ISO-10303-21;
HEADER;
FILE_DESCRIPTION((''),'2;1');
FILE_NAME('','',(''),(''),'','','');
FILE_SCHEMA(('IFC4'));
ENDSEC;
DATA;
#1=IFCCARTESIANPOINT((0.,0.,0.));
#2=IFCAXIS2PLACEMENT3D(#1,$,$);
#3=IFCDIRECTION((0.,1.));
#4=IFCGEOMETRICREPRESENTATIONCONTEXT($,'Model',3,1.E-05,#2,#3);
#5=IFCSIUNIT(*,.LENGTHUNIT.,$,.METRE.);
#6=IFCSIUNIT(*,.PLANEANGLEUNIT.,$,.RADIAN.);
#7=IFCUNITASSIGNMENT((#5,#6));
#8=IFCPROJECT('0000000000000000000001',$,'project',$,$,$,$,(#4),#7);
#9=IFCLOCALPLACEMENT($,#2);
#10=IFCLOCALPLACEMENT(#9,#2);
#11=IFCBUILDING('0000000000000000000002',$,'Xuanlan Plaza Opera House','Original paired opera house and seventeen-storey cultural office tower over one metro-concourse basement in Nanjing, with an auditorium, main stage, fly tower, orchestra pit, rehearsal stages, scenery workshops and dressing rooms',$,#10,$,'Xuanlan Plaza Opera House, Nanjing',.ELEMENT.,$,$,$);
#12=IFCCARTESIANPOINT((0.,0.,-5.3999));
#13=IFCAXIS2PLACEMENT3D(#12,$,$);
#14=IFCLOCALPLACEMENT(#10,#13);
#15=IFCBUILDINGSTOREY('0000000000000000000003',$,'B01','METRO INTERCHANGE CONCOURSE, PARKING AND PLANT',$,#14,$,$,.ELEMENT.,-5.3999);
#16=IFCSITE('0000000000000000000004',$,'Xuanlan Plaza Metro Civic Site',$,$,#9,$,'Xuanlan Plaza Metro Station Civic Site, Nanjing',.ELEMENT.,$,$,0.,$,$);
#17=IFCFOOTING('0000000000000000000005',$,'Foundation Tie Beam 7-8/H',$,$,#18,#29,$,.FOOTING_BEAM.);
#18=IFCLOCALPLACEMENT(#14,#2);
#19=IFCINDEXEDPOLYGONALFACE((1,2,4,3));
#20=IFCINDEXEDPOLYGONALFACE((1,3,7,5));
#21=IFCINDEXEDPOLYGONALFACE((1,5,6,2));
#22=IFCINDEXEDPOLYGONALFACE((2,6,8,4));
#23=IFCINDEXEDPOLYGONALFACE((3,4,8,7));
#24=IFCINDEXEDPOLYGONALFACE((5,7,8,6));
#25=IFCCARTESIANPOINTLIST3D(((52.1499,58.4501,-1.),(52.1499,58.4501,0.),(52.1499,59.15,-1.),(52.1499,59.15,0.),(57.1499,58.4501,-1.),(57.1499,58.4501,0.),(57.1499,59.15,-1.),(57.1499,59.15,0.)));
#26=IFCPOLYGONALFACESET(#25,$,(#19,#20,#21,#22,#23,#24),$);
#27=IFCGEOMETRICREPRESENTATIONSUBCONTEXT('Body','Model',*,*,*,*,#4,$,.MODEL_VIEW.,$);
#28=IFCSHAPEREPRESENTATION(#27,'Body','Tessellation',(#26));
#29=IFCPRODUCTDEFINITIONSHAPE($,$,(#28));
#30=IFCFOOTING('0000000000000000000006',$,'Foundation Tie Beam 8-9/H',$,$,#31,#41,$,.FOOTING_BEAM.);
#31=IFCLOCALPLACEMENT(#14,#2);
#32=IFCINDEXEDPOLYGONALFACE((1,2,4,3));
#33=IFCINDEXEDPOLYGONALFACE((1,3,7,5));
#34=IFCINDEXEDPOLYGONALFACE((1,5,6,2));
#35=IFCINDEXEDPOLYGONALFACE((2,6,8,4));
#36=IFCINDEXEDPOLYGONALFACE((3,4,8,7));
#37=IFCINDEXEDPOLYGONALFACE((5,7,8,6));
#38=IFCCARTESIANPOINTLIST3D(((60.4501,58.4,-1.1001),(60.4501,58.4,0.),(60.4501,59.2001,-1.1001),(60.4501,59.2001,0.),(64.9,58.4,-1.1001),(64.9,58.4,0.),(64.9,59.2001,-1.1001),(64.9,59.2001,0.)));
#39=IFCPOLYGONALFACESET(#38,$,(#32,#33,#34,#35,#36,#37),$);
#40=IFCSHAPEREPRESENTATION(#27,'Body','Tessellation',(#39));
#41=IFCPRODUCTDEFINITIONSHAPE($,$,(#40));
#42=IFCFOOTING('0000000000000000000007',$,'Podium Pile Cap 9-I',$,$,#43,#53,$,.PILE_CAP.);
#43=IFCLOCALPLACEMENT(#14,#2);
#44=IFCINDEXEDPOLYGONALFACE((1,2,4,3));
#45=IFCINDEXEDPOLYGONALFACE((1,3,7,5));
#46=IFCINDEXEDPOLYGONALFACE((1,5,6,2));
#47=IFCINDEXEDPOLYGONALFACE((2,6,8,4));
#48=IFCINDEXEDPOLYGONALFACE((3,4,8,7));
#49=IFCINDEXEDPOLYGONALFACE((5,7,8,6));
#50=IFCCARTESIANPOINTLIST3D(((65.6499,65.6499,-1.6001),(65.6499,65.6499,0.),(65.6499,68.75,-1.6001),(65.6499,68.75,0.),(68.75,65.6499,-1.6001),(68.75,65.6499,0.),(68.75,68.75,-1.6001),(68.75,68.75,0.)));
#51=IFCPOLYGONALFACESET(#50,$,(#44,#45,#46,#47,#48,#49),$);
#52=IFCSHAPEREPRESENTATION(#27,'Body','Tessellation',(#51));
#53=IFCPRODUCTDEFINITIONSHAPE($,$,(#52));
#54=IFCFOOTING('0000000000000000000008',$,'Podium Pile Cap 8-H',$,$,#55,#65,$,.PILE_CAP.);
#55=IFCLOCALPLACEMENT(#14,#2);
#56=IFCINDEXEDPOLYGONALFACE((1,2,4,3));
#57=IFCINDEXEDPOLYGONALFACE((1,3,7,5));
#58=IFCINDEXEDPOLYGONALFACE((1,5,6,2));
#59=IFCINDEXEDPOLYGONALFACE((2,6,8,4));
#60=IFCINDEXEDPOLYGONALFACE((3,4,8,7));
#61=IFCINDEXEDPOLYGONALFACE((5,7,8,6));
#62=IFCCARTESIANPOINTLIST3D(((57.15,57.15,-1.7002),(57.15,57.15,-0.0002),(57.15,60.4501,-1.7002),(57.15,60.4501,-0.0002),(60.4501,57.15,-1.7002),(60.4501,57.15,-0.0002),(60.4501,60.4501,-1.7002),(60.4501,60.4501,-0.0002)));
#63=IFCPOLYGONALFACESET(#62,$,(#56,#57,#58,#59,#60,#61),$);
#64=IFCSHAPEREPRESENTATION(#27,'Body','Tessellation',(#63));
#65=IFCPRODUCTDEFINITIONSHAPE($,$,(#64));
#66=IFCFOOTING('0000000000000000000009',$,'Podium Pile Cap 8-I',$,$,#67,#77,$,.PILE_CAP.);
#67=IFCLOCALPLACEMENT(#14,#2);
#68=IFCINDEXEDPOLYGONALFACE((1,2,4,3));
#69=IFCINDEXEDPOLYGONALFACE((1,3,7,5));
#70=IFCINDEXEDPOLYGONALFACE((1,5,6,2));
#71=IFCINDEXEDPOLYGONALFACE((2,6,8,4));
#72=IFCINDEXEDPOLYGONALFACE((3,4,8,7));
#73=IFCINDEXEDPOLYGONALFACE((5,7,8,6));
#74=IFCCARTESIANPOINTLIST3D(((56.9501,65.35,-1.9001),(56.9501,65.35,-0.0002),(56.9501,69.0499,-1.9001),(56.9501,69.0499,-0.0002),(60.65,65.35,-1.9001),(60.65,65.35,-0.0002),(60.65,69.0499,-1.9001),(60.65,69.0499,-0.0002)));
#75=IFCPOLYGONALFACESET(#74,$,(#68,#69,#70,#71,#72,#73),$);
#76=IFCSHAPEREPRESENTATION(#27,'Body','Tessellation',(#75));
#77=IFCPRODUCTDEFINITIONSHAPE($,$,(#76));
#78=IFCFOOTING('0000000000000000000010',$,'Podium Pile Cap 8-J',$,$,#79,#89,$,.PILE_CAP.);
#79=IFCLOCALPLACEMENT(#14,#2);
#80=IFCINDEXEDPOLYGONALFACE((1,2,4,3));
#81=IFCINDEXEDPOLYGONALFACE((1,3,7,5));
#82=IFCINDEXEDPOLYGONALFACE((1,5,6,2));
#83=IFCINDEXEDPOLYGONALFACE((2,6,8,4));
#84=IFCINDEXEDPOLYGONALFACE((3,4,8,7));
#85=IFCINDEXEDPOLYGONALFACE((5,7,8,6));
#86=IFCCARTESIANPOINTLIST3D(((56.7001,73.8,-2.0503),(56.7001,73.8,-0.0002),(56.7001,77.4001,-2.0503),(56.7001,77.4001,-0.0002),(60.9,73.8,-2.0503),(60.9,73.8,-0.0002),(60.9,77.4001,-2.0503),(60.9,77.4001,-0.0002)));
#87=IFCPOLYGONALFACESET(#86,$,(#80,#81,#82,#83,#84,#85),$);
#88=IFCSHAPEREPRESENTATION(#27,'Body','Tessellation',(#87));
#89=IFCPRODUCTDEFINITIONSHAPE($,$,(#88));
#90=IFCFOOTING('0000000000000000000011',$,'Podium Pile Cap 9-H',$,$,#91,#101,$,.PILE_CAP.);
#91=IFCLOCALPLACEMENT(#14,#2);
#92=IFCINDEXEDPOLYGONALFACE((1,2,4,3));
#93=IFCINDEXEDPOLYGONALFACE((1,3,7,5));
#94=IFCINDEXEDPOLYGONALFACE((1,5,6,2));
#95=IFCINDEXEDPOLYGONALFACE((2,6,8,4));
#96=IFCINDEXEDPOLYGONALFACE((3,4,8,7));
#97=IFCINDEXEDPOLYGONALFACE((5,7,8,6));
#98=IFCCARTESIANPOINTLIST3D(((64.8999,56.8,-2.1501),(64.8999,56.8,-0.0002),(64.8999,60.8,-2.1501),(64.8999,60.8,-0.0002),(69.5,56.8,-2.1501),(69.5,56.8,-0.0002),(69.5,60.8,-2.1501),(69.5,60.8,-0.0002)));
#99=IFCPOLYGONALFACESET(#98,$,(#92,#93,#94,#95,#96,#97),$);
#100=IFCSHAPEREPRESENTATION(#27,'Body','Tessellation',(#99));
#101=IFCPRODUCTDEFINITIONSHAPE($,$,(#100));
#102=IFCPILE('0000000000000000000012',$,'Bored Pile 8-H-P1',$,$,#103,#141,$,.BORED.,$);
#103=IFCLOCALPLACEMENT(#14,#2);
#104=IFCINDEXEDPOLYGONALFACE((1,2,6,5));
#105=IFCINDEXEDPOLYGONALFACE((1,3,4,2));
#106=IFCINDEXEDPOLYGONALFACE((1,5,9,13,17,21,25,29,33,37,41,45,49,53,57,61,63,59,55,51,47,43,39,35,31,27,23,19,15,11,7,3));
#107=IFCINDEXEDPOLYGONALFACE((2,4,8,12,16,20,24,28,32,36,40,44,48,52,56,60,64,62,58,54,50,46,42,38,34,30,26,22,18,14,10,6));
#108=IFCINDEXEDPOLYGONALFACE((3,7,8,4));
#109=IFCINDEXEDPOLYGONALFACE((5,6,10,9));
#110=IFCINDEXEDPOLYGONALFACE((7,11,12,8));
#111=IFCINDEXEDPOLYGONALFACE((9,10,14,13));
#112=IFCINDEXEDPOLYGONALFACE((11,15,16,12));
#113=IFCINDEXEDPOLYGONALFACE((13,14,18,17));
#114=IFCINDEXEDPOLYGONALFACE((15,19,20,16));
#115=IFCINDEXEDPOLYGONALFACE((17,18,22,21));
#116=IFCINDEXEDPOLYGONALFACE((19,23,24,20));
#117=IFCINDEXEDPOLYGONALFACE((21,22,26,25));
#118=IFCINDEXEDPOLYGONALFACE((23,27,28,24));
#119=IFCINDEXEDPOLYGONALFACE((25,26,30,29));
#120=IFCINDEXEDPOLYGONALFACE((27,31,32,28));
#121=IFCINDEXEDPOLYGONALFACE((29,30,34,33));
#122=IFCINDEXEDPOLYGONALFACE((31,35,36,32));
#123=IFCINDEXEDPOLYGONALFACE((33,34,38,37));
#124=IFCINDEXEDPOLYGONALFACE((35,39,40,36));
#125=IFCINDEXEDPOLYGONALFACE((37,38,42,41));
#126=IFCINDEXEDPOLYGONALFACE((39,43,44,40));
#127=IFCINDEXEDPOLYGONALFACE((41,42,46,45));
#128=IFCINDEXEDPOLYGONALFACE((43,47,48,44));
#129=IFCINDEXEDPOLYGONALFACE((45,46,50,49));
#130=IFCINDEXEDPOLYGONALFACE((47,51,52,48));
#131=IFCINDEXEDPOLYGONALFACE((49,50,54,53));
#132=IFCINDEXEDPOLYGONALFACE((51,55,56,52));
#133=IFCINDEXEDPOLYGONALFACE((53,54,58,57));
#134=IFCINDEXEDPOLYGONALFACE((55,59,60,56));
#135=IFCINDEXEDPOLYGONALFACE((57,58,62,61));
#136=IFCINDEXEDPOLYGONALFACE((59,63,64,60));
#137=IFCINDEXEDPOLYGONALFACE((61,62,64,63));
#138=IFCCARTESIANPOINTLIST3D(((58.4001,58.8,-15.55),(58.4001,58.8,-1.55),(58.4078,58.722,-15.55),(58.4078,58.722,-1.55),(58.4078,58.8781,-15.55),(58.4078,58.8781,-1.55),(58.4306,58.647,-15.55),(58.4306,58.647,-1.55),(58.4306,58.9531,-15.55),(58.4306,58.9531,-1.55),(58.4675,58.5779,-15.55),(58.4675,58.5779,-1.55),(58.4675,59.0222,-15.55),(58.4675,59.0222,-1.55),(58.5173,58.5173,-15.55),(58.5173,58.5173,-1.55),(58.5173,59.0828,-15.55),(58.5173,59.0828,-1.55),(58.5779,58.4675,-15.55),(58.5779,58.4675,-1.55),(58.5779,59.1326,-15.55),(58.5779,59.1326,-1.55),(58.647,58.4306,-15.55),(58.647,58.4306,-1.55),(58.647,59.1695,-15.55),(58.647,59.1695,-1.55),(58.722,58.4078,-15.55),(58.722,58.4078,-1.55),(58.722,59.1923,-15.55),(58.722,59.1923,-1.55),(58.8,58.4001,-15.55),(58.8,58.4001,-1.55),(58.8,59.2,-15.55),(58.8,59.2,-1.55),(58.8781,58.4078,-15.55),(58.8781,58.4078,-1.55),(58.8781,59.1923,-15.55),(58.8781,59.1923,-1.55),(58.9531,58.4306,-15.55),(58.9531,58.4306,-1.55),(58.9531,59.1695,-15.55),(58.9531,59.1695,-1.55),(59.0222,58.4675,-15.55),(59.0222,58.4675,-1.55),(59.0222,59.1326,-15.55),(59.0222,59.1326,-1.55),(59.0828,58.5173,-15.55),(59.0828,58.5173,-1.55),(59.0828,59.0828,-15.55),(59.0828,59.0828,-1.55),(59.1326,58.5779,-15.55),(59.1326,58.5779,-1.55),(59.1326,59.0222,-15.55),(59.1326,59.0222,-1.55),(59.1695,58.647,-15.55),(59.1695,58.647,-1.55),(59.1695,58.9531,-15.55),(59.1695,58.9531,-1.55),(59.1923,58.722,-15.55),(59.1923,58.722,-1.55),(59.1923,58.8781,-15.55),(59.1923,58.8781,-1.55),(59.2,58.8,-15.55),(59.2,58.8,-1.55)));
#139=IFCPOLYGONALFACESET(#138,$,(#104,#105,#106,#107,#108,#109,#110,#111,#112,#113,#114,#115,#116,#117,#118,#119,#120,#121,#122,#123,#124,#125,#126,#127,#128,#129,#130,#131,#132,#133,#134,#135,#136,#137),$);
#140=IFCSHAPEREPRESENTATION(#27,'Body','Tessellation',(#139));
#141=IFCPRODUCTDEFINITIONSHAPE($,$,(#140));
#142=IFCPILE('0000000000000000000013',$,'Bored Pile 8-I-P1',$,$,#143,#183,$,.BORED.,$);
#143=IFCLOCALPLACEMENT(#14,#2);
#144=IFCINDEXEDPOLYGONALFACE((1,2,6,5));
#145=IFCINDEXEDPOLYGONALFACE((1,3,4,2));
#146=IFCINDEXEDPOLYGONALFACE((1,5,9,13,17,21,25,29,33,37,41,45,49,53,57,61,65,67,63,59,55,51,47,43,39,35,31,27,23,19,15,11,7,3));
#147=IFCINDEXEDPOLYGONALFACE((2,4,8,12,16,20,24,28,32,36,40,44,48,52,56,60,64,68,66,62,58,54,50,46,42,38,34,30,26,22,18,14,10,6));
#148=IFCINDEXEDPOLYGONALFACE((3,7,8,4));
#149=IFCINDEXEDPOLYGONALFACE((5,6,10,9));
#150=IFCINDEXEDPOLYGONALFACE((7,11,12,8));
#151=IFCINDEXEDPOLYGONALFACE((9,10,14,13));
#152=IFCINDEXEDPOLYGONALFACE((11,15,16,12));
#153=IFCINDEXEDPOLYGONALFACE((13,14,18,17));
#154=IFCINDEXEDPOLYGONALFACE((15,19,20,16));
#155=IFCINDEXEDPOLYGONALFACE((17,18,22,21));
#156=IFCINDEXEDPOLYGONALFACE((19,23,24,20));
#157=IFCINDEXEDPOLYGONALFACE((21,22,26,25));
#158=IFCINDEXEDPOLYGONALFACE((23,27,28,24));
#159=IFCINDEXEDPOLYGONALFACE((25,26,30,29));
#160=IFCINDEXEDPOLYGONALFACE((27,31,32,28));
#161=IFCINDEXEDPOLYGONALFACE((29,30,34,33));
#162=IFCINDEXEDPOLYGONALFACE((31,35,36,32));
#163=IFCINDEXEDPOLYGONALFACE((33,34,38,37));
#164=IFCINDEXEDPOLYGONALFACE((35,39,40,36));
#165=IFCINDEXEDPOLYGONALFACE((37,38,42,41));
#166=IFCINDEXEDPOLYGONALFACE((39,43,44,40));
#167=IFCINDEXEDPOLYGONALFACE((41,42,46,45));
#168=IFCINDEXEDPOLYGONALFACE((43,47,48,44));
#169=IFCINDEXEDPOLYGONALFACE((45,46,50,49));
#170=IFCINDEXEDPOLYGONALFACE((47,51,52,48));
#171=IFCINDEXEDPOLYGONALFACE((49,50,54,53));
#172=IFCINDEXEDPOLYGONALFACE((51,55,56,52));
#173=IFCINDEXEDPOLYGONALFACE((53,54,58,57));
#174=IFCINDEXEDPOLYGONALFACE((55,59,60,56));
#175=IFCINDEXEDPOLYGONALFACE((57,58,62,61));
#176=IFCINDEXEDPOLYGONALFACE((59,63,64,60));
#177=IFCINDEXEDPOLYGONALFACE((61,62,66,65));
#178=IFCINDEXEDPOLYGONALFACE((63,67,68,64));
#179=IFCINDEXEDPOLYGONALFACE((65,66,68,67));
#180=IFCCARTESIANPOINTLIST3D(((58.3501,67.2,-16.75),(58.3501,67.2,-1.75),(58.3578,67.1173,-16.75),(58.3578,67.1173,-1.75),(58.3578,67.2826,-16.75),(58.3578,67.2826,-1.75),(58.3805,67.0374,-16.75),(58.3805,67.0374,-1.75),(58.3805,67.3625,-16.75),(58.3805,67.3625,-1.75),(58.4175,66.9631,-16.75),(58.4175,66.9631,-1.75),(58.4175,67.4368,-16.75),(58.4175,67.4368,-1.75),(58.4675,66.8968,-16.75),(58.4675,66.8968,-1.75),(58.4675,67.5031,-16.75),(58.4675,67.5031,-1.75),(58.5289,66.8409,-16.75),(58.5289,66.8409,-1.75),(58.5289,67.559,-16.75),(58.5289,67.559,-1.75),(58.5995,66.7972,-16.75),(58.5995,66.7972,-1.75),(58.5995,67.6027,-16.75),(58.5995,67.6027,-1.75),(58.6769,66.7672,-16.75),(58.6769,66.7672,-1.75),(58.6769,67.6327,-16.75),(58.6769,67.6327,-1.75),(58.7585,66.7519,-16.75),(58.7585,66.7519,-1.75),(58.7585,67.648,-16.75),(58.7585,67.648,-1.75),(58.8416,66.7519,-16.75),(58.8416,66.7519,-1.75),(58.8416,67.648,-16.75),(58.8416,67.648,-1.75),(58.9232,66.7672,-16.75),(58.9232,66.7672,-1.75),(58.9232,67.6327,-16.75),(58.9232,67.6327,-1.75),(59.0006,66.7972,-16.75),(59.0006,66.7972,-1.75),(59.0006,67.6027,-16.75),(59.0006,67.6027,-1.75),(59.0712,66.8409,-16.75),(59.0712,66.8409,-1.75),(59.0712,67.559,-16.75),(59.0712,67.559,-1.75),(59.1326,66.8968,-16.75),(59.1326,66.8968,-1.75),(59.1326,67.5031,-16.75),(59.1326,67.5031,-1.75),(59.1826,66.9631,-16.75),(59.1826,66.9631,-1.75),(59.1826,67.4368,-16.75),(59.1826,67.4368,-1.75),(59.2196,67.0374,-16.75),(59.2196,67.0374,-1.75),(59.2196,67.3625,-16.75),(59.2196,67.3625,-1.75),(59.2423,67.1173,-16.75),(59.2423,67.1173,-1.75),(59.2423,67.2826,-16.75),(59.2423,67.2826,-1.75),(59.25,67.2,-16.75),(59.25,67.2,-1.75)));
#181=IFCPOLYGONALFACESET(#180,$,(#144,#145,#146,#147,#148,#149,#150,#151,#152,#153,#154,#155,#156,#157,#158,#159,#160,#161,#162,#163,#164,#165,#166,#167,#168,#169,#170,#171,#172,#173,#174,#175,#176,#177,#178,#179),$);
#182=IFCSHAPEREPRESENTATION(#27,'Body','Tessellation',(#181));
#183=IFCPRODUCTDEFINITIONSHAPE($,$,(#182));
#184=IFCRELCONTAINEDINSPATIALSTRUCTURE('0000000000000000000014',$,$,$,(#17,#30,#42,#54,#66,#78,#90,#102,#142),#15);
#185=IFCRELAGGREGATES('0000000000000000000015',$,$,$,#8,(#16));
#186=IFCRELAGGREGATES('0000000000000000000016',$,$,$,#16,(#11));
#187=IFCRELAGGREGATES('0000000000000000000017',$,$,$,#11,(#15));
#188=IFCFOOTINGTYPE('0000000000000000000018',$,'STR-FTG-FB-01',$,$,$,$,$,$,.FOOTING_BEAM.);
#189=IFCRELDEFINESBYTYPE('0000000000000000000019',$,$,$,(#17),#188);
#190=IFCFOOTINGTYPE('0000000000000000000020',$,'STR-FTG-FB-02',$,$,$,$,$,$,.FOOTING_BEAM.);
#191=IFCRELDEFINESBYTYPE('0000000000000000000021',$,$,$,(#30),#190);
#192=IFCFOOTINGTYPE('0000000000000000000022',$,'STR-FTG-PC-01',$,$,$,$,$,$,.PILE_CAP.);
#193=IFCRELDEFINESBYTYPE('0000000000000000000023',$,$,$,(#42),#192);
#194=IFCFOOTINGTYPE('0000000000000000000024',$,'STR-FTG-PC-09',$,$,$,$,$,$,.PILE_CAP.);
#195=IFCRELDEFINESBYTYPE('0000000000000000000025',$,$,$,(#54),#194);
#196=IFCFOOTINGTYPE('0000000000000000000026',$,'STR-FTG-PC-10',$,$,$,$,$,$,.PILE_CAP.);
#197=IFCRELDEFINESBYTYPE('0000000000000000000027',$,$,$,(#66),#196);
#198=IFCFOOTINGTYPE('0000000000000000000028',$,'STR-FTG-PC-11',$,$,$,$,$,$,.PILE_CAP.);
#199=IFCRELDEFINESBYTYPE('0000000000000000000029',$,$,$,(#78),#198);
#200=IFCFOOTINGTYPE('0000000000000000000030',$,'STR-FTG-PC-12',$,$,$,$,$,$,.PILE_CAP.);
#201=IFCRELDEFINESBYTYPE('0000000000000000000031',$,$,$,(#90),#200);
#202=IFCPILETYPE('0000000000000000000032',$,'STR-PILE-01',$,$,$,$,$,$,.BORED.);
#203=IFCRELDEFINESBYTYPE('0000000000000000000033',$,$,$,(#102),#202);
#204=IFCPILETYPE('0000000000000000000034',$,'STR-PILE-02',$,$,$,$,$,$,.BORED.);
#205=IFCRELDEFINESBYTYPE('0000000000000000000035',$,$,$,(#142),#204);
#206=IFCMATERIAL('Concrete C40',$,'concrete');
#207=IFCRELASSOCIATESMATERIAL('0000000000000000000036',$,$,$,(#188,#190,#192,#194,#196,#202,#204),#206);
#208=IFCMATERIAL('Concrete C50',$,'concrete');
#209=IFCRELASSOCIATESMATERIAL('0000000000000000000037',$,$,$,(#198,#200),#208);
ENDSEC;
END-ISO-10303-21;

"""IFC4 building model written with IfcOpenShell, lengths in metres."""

from ifc_helpers import new_model, si_unit, direction, frame, origin, origin_2d, place, context, subcontext, project, spatial, rectangle, circle, extrude, material, material_profile, profile_set, type_object, element, save


model = new_model("IFC4")

# Units and contexts
model_context = context("Model", 3, precision=1e-05, world=origin(), true_north=direction((0.0, 1.0)))
body_context = subcontext(model_context, "Body", "Model", "MODEL_VIEW")
ifc_project = project(units=[si_unit("LENGTHUNIT", "METRE"), si_unit("PLANEANGLEUNIT", "RADIAN")], contexts=[model_context])

# Site, building, storey
site_placement = place(None, origin())
site = spatial("IfcSite", under=ifc_project, at=site_placement, Name="Xuanlan Plaza Metro Civic Site", LongName="Xuanlan Plaza Metro Station Civic Site, Nanjing", CompositionType="ELEMENT", RefElevation=0.0)
building_placement = place(site_placement, origin())
building = spatial("IfcBuilding", under=site, at=building_placement, Name="Xuanlan Plaza Opera House", Description="Original paired opera house and seventeen-storey cultural office tower over one metro-concourse basement in Nanjing, with an auditorium, main stage, fly tower, orchestra pit, rehearsal stages, scenery workshops and dressing rooms", LongName="Xuanlan Plaza Opera House, Nanjing", CompositionType="ELEMENT")
storey_placement = place(building_placement, frame((0.0, 0.0, -5.3999)))
storey = spatial("IfcBuildingStorey", under=building, at=storey_placement, Name="B01", Description="METRO INTERCHANGE CONCOURSE, PARKING AND PLANT", CompositionType="ELEMENT", Elevation=-5.3999)

# Footings
ifc_material_1 = material(Name="Concrete C40", Category="concrete")
footing_type_1 = type_object("IfcFootingType", Name="STR-FTG-FB-01", PredefinedType="FOOTING_BEAM", material=ifc_material_1)
footing_1_placement = place(storey_placement, frame((54.6499, 58.8, -1.0), z_axis=(0.0, 0.0, 1.0), x_axis=(1.0, 0.0, 0.0)))
element("IfcFooting", 1, at=footing_1_placement, inside=storey, type_object=footing_type_1, Name="Foundation Tie Beam 7-8/H", PredefinedType="FOOTING_BEAM", context=body_context, shape_type="SweptSolid", body=[
    extrude(rectangle(XDim=5.0, YDim=0.7, at=origin_2d()), origin(), (0.0, 0.0, 1.0), 1.0),
])
footing_type_2 = type_object("IfcFootingType", Name="STR-FTG-FB-02", PredefinedType="FOOTING_BEAM", material=ifc_material_1)
footing_2_placement = place(storey_placement, frame((62.675, 58.8, -1.1001), z_axis=(0.0, 0.0, 1.0), x_axis=(1.0, 0.0, 0.0)))
element("IfcFooting", 2, at=footing_2_placement, inside=storey, type_object=footing_type_2, Name="Foundation Tie Beam 8-9/H", PredefinedType="FOOTING_BEAM", context=body_context, shape_type="SweptSolid", body=[
    extrude(rectangle(XDim=4.45, YDim=0.8, at=origin_2d()), origin(), (0.0, 0.0, 1.0), 1.1001),
])
footing_type_3 = type_object("IfcFootingType", Name="STR-FTG-PC-01", PredefinedType="PILE_CAP", material=ifc_material_1)
footing_3_placement = place(storey_placement, frame((67.2, 67.2, -1.6001), z_axis=(0.0, 0.0, 1.0), x_axis=(1.0, 0.0, 0.0)))
element("IfcFooting", 3, at=footing_3_placement, inside=storey, type_object=footing_type_3, Name="Podium Pile Cap 9-I", PredefinedType="PILE_CAP", context=body_context, shape_type="SweptSolid", body=[
    extrude(rectangle(XDim=3.1001, YDim=3.1001, at=origin_2d()), origin(), (0.0, 0.0, 1.0), 1.6001),
])
footing_type_4 = type_object("IfcFootingType", Name="STR-FTG-PC-09", PredefinedType="PILE_CAP", material=ifc_material_1)
footing_4_placement = place(storey_placement, frame((58.8, 58.8, -1.7002), z_axis=(0.0, 0.0, 1.0), x_axis=(1.0, 0.0, 0.0)))
element("IfcFooting", 4, at=footing_4_placement, inside=storey, type_object=footing_type_4, Name="Podium Pile Cap 8-H", PredefinedType="PILE_CAP", context=body_context, shape_type="SweptSolid", body=[
    extrude(rectangle(XDim=3.3, YDim=3.3, at=origin_2d()), origin(), (0.0, 0.0, 1.0), 1.7),
])
footing_type_5 = type_object("IfcFootingType", Name="STR-FTG-PC-10", PredefinedType="PILE_CAP", material=ifc_material_1)
footing_5_placement = place(storey_placement, frame((58.8, 67.2, -1.9001), z_axis=(0.0, 0.0, 1.0), x_axis=(1.0, 0.0, 0.0)))
element("IfcFooting", 5, at=footing_5_placement, inside=storey, type_object=footing_type_5, Name="Podium Pile Cap 8-I", PredefinedType="PILE_CAP", context=body_context, shape_type="SweptSolid", body=[
    extrude(rectangle(XDim=3.7, YDim=3.7, at=origin_2d()), origin(), (0.0, 0.0, 1.0), 1.8999),
])
ifc_material_2 = material(Name="Concrete C50", Category="concrete")
footing_type_6 = type_object("IfcFootingType", Name="STR-FTG-PC-11", PredefinedType="PILE_CAP", material=ifc_material_2)
footing_6_placement = place(storey_placement, frame((58.8, 75.6001, -2.0503), z_axis=(0.0, 0.0, 1.0), x_axis=(1.0, 0.0, 0.0)))
element("IfcFooting", 6, at=footing_6_placement, inside=storey, type_object=footing_type_6, Name="Podium Pile Cap 8-J", PredefinedType="PILE_CAP", context=body_context, shape_type="SweptSolid", body=[
    extrude(rectangle(XDim=4.2, YDim=3.6001, at=origin_2d()), origin(), (0.0, 0.0, 1.0), 2.05),
])
footing_type_7 = type_object("IfcFootingType", Name="STR-FTG-PC-12", PredefinedType="PILE_CAP", material=ifc_material_2)
footing_7_placement = place(storey_placement, frame((67.2, 58.8, -2.1501), z_axis=(0.0, 0.0, 1.0), x_axis=(1.0, 0.0, 0.0)))
element("IfcFooting", 7, at=footing_7_placement, inside=storey, type_object=footing_type_7, Name="Podium Pile Cap 9-H", PredefinedType="PILE_CAP", context=body_context, shape_type="SweptSolid", body=[
    extrude(rectangle(XDim=4.6001, YDim=4.0, at=origin_2d()), origin(), (0.0, 0.0, 1.0), 2.1499),
])

# Piles
ifc_material_profile_1 = material_profile(ifc_material_1, circle(Radius=0.3999, at=origin_2d()), Name="PILE D800")
ifc_profile_set_1 = profile_set([ifc_material_profile_1], Name="Concrete C40")
pile_type_1 = type_object("IfcPileType", Name="STR-PILE-01", PredefinedType="BORED", material=ifc_profile_set_1)
pile_1_placement = place(storey_placement, frame((58.8, 58.8, -1.55), z_axis=(0.0, 0.0, -1.0), x_axis=(1.0, 0.0, 0.0)))
element("IfcPile", 8, at=pile_1_placement, inside=storey, type_object=pile_type_1, Name="Bored Pile 8-H-P1", PredefinedType="BORED", context=body_context, shape_type="SweptSolid", body=[
    extrude(circle(Radius=0.3999, at=origin_2d()), origin(), (0.0, 0.0, 1.0), 14.0),
])
ifc_material_profile_2 = material_profile(ifc_material_1, circle(Radius=0.45, at=origin_2d()), Name="PILE D900")
ifc_profile_set_2 = profile_set([ifc_material_profile_2], Name="Concrete C40")
pile_type_2 = type_object("IfcPileType", Name="STR-PILE-02", PredefinedType="BORED", material=ifc_profile_set_2)
pile_2_placement = place(storey_placement, frame((58.8, 67.2, -1.75), z_axis=(0.0, 0.0, -1.0), x_axis=(1.0, 0.0, 0.0)))
element("IfcPile", 9, at=pile_2_placement, inside=storey, type_object=pile_type_2, Name="Bored Pile 8-I-P1", PredefinedType="BORED", context=body_context, shape_type="SweptSolid", body=[
    extrude(circle(Radius=0.45, at=origin_2d()), origin(), (0.0, 0.0, 1.0), 15.0),
])

save(model, "model.ifc")
